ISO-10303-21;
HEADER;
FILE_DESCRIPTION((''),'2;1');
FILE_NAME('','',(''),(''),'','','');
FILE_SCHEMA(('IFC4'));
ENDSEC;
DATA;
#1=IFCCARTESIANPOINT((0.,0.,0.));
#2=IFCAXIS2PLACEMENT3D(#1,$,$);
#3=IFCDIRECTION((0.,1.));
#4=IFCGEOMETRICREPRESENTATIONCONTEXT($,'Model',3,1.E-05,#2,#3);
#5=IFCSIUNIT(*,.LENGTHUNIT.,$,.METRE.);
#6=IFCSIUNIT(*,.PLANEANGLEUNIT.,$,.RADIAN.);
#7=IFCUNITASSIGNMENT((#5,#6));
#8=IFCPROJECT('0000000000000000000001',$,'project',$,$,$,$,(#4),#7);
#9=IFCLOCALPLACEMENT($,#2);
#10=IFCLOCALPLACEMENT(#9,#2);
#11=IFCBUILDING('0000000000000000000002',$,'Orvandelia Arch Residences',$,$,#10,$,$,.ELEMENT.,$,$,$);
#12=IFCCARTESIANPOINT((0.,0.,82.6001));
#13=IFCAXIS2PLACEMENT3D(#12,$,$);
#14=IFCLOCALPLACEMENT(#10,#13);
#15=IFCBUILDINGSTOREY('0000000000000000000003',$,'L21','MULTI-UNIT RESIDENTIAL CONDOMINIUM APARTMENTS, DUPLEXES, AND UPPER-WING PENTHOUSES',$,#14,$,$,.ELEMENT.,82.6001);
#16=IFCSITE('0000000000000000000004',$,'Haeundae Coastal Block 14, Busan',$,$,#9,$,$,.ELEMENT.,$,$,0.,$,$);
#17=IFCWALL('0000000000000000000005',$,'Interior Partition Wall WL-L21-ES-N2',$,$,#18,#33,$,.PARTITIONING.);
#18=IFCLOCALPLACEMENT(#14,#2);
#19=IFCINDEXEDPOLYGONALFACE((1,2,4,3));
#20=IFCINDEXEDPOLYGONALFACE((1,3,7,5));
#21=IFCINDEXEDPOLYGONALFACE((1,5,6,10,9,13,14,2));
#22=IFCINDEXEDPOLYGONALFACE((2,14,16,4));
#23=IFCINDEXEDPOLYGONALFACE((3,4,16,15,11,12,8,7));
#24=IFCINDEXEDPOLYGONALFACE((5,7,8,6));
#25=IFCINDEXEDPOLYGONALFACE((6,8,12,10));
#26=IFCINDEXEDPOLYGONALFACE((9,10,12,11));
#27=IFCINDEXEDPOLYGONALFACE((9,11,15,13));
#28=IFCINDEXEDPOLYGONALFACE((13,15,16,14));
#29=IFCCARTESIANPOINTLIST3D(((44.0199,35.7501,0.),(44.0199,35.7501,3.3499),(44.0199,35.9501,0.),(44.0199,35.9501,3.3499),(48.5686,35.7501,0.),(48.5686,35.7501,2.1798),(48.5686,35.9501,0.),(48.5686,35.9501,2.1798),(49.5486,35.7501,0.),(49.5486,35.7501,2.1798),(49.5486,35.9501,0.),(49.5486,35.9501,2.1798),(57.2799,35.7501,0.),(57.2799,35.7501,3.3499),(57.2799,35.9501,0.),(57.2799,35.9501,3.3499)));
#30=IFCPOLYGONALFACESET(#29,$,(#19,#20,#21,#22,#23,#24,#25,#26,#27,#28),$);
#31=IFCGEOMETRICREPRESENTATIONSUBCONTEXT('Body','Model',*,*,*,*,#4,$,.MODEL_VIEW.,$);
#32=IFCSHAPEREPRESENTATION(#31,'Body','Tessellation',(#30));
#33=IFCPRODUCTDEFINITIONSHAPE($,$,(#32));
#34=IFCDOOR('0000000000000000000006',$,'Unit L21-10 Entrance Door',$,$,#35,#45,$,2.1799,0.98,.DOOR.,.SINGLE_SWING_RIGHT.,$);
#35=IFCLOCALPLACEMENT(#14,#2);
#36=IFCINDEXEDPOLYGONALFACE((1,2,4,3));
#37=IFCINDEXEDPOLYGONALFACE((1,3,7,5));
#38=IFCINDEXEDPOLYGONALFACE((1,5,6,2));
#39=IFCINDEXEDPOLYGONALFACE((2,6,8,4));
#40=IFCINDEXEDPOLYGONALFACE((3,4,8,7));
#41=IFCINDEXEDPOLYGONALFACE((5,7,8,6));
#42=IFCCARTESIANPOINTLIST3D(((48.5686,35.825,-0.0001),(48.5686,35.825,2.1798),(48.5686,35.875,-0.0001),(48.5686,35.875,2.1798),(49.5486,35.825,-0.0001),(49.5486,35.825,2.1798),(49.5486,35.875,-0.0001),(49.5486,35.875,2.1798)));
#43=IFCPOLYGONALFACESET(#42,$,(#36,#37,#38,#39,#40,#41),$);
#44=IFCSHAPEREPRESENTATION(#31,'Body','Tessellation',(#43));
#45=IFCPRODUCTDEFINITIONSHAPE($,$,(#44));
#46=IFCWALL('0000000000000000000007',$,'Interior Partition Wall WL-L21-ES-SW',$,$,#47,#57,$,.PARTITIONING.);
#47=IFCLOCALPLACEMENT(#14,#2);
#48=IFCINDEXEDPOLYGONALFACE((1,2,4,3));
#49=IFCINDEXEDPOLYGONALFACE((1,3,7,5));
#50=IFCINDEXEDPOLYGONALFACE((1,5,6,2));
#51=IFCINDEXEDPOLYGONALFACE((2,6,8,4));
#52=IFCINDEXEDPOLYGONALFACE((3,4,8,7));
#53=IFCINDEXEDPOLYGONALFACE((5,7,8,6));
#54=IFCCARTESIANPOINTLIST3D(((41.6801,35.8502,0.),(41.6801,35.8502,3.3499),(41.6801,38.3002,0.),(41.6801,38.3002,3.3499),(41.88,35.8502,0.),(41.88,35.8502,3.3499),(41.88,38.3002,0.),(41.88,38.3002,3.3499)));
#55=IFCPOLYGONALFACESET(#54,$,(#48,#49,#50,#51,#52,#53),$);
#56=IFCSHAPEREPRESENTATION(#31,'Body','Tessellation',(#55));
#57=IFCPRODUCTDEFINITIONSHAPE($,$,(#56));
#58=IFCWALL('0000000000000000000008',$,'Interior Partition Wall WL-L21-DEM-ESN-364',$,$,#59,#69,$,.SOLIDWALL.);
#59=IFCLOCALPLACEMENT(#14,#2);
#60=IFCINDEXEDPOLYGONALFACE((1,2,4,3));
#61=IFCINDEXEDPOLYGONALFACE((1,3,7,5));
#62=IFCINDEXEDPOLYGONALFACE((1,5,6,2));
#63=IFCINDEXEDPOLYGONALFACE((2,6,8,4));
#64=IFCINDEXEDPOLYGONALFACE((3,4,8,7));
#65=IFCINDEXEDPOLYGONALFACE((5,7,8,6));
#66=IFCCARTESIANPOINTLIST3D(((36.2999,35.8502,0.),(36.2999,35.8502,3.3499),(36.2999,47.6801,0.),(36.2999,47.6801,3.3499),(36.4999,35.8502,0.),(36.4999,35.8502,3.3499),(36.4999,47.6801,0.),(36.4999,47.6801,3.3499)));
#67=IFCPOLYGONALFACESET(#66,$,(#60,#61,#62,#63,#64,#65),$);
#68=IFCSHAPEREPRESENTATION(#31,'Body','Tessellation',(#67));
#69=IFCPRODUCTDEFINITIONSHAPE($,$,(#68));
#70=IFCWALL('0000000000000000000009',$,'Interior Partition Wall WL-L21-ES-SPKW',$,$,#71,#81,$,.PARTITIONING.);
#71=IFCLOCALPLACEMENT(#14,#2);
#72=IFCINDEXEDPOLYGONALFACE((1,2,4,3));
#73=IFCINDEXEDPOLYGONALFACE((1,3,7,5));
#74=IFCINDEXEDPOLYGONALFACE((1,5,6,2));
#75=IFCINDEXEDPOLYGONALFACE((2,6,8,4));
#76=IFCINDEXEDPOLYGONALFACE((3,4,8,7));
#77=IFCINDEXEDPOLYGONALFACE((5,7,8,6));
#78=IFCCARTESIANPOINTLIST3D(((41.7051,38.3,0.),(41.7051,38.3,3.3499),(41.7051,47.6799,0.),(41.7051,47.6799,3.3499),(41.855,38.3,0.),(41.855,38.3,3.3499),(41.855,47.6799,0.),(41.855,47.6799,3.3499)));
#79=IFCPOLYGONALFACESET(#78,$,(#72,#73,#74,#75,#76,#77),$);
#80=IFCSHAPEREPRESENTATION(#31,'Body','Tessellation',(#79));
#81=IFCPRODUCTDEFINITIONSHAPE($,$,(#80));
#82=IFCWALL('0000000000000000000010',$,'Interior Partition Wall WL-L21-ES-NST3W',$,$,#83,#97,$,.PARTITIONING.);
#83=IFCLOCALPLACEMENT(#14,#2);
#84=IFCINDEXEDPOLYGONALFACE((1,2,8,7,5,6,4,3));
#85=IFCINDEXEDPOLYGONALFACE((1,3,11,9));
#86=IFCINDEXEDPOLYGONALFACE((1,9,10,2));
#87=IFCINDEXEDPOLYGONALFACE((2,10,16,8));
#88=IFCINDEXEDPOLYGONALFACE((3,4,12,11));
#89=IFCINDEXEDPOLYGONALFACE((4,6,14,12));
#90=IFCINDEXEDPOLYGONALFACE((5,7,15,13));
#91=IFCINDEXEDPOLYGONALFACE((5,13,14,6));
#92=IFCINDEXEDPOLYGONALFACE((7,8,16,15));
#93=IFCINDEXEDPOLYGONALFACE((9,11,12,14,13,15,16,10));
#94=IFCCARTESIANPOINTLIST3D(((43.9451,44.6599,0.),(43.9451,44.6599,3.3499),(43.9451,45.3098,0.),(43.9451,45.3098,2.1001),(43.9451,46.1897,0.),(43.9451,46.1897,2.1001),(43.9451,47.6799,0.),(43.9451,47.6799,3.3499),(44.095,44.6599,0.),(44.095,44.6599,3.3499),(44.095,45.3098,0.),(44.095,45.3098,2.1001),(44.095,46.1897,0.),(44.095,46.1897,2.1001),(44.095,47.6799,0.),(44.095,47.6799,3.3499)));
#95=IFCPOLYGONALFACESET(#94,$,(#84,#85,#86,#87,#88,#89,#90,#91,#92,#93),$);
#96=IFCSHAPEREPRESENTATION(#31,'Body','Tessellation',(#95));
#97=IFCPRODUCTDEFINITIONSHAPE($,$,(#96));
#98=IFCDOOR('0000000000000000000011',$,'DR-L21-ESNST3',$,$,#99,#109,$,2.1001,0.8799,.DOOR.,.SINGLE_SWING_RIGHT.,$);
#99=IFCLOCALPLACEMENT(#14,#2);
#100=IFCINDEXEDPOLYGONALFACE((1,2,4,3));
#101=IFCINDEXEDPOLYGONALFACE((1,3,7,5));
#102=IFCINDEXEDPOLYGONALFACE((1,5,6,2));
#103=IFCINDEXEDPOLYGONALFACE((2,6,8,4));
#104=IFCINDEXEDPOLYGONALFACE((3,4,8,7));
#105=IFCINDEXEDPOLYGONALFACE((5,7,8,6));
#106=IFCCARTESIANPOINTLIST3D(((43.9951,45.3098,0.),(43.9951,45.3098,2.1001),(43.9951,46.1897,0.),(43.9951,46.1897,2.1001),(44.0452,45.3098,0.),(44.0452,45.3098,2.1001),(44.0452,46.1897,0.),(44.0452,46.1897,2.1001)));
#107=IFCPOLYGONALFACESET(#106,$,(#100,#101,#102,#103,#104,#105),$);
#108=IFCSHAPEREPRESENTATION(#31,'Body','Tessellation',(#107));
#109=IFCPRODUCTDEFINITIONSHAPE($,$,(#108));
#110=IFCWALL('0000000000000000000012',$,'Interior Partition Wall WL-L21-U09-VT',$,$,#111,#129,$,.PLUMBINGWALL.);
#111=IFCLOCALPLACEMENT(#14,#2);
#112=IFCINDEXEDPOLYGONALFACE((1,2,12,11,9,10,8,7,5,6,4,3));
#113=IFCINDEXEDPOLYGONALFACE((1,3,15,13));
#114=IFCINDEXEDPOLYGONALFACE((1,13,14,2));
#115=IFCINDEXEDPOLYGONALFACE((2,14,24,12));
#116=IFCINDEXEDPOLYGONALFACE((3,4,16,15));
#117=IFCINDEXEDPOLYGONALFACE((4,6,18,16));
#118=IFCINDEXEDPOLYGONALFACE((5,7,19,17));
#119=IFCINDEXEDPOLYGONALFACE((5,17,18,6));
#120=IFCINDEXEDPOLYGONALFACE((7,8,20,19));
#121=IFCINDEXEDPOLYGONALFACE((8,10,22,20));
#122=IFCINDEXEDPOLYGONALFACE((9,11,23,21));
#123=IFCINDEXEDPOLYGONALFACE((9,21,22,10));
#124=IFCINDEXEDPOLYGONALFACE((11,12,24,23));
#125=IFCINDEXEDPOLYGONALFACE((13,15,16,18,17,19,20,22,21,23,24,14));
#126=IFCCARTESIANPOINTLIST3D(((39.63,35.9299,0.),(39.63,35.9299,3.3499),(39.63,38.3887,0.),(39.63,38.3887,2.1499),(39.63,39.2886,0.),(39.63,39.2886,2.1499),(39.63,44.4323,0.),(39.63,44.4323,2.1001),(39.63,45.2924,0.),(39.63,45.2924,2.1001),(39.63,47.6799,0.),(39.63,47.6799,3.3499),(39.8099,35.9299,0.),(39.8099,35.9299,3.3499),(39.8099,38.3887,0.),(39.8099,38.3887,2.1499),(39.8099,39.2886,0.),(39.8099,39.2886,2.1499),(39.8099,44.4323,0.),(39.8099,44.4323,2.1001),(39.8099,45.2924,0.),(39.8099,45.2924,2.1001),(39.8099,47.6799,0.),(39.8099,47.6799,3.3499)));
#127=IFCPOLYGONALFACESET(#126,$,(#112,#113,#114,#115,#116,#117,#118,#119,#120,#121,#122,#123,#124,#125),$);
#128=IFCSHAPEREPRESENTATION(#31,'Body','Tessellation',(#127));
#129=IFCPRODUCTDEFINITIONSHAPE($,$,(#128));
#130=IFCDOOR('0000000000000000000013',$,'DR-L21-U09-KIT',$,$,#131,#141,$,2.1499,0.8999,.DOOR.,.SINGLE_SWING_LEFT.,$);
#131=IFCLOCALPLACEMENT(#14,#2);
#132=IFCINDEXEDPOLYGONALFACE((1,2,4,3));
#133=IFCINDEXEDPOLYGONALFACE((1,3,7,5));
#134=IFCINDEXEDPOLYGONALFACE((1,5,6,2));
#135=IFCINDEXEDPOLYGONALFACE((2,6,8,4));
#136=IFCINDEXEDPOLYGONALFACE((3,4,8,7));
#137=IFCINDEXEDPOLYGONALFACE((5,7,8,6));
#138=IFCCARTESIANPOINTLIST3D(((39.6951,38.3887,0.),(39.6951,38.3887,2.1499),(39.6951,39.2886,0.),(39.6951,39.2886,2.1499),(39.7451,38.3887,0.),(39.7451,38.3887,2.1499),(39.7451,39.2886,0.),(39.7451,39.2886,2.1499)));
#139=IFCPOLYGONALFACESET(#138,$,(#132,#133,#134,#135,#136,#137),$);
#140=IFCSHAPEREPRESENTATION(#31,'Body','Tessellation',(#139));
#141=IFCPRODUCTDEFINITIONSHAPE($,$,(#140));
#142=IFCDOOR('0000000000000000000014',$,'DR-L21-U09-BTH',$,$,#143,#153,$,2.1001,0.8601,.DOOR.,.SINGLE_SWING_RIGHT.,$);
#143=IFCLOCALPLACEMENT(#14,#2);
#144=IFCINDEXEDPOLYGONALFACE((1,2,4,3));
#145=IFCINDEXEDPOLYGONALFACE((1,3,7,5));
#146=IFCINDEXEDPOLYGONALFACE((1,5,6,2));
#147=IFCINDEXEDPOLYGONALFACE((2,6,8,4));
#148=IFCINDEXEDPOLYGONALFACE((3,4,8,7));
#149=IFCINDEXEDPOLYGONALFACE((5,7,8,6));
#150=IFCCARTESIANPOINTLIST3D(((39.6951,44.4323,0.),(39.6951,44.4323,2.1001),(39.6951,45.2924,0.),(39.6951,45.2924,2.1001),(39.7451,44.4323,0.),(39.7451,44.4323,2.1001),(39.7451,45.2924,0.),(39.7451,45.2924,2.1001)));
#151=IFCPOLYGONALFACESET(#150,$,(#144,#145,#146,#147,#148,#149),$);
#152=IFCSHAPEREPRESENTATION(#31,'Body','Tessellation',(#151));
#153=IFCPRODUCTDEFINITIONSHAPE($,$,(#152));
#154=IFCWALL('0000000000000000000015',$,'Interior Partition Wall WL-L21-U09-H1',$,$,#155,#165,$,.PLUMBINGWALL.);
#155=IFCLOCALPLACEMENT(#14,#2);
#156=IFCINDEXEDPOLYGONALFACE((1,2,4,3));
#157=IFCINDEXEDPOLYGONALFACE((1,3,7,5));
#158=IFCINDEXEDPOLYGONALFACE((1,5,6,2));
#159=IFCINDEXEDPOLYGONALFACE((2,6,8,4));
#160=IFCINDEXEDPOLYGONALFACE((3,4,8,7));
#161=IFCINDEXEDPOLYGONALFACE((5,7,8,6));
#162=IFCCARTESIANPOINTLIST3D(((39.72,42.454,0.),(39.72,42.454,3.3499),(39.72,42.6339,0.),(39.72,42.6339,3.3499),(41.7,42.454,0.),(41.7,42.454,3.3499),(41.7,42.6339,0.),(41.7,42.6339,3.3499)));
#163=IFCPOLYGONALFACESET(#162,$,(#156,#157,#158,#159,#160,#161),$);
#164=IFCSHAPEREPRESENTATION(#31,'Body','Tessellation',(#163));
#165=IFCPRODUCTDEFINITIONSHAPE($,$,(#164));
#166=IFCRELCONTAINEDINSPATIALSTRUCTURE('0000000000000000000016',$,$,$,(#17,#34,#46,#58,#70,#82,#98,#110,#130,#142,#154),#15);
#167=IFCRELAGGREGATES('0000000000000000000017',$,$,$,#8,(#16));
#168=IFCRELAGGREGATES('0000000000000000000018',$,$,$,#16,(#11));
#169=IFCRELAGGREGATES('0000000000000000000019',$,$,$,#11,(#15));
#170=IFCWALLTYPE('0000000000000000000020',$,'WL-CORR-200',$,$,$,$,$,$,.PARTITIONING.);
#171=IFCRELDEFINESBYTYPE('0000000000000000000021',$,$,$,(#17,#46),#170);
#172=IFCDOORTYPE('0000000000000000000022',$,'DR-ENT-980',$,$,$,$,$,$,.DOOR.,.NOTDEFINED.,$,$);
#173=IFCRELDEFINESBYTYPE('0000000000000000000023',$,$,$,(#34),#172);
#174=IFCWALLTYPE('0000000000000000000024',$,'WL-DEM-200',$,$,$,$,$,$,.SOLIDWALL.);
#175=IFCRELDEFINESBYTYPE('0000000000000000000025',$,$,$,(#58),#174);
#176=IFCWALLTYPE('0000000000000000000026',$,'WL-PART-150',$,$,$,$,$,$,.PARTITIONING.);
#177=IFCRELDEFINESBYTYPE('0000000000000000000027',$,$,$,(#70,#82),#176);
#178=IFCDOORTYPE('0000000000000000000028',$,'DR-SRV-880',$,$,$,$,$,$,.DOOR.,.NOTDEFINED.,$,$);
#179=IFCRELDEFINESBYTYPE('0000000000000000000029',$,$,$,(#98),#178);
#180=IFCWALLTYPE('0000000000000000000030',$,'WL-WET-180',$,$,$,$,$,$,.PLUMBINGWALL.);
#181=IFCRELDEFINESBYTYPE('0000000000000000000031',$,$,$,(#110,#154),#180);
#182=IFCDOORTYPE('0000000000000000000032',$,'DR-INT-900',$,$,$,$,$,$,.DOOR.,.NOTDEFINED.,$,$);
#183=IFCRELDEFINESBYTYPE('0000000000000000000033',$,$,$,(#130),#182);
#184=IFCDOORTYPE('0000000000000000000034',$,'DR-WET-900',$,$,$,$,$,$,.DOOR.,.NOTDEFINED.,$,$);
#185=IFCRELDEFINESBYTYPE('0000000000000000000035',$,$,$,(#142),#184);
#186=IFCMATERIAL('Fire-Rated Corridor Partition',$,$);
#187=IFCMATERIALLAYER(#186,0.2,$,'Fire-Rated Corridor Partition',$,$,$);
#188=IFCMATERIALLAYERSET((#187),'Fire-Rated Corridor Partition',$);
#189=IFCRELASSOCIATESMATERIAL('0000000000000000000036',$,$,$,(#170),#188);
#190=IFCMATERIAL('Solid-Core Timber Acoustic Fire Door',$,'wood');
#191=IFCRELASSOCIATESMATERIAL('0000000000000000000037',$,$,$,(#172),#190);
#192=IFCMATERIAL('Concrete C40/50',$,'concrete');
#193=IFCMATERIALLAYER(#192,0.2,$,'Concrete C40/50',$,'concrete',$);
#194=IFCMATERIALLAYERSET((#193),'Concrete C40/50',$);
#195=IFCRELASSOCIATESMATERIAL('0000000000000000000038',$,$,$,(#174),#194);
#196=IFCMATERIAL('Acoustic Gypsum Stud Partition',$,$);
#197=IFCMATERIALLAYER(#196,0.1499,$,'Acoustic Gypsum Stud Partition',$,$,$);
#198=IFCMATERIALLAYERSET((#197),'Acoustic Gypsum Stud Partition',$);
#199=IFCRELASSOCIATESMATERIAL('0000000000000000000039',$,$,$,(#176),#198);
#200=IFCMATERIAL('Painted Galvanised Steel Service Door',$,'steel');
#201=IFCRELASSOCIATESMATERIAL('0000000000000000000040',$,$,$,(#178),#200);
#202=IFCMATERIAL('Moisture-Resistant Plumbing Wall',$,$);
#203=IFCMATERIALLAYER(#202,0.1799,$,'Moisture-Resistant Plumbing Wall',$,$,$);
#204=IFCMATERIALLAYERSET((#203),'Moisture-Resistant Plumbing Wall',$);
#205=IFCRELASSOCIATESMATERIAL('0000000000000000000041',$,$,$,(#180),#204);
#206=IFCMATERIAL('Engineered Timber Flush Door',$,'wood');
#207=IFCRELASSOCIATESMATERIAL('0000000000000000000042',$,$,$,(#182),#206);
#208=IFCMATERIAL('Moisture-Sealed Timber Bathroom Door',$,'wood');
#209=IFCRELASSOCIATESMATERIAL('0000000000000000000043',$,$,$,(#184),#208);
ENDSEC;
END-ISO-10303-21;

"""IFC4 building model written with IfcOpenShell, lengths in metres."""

from ifc_helpers import new_model, si_unit, direction, frame, frame_2d, origin, place, context, subcontext, project, spatial, rectangle, extrude, material, layer, layer_set, type_object, element, fill, save


model = new_model("IFC4")

# Units and contexts
model_context = context("Model", 3, precision=1e-05, world=origin(), true_north=direction((0.0, 1.0)))
body_context = subcontext(model_context, "Body", "Model", "MODEL_VIEW")
ifc_project = project(units=[si_unit("LENGTHUNIT", "METRE"), si_unit("PLANEANGLEUNIT", "RADIAN")], contexts=[model_context])

# Site, building, storey
site_placement = place(None, origin())
site = spatial("IfcSite", under=ifc_project, at=site_placement, Name="Haeundae Coastal Block 14, Busan", CompositionType="ELEMENT", RefElevation=0.0)
building_placement = place(site_placement, origin())
building = spatial("IfcBuilding", under=site, at=building_placement, Name="Orvandelia Arch Residences", CompositionType="ELEMENT")
storey_placement = place(building_placement, frame((0.0, 0.0, 82.6001)))
storey = spatial("IfcBuildingStorey", under=building, at=storey_placement, Name="L21", Description="MULTI-UNIT RESIDENTIAL CONDOMINIUM APARTMENTS, DUPLEXES, AND UPPER-WING PENTHOUSES", CompositionType="ELEMENT", Elevation=82.6001)

# Wall, opening, door
ifc_material_1 = material(Name="Fire-Rated Corridor Partition")
ifc_layer_1 = layer(ifc_material_1, 0.2, Name="Fire-Rated Corridor Partition")
ifc_layer_set_1 = layer_set([ifc_layer_1], Name="Fire-Rated Corridor Partition")
wall_type_1 = type_object("IfcWallType", Name="WL-CORR-200", PredefinedType="PARTITIONING", material=ifc_layer_set_1)
wall_1_placement = place(storey_placement, frame((44.02, 35.8501, 0.0), z_axis=(0.0, 0.0, 1.0), x_axis=(1.0, 0.0, 0.0)))
wall_1 = element("IfcWall", 1, at=wall_1_placement, inside=storey, type_object=wall_type_1, Name="Interior Partition Wall WL-L21-ES-N2", PredefinedType="PARTITIONING", context=body_context, shape_type="SweptSolid", body=[
    extrude(rectangle(XDim=13.26, YDim=0.2, at=frame_2d((6.6299, 0.0))), origin(), (0.0, 0.0, 1.0), 3.3499),
])
opening_1_placement = place(wall_1_placement, frame((4.5486, 0.0, 0.0)))
opening_1 = element("IfcOpeningElement", 2, at=opening_1_placement, cuts=wall_1, PredefinedType="OPENING", context=body_context, shape_type="SweptSolid", body=[
    extrude(rectangle(XDim=0.98, YDim=2.1799, at=frame_2d((0.49, 1.0898))), frame((0.0, 0.1099, 0.0), z_axis=(0.0, -1.0, 0.0), x_axis=(1.0, 0.0, 0.0)), (0.0, 0.0, 1.0), 0.22),
])
ifc_material_2 = material(Name="Solid-Core Timber Acoustic Fire Door", Category="wood")
door_type_1 = type_object("IfcDoorType", Name="DR-ENT-980", OperationType="NOTDEFINED", PredefinedType="DOOR", material=ifc_material_2)
door_1_placement = place(opening_1_placement, origin())
door_1 = element("IfcDoor", 3, at=door_1_placement, inside=storey, type_object=door_type_1, Name="Unit L21-10 Entrance Door", OperationType="SINGLE_SWING_RIGHT", OverallHeight=2.1799, OverallWidth=0.98, PredefinedType="DOOR", context=body_context, shape_type="SweptSolid", body=[
    extrude(rectangle(XDim=0.98, YDim=2.1799, at=frame_2d((0.49, 1.0898))), frame((0.0, 0.0249, 0.0), z_axis=(0.0, -1.0, 0.0), x_axis=(1.0, 0.0, 0.0)), (0.0, 0.0, 1.0), 0.05),
])
fill(opening_1, door_1)

# Wall
wall_2_placement = place(storey_placement, frame((41.78, 35.8501, 0.0), z_axis=(0.0, 0.0, 1.0), x_axis=(0.0, 1.0, 0.0)))
element("IfcWall", 4, at=wall_2_placement, inside=storey, type_object=wall_type_1, Name="Interior Partition Wall WL-L21-ES-SW", PredefinedType="PARTITIONING", context=body_context, shape_type="SweptSolid", body=[
    extrude(rectangle(XDim=2.45, YDim=0.2, at=frame_2d((1.2251, 0.0))), origin(), (0.0, 0.0, 1.0), 3.3499),
])

# Walls
ifc_material_3 = material(Name="Concrete C40/50", Category="concrete")
ifc_layer_2 = layer(ifc_material_3, 0.2, Name="Concrete C40/50", Category="concrete")
ifc_layer_set_2 = layer_set([ifc_layer_2], Name="Concrete C40/50")
wall_type_2 = type_object("IfcWallType", Name="WL-DEM-200", PredefinedType="SOLIDWALL", material=ifc_layer_set_2)
wall_3_placement = place(storey_placement, frame((36.3999, 35.8501, 0.0), z_axis=(0.0, 0.0, 1.0), x_axis=(0.0, 1.0, 0.0)))
element("IfcWall", 5, at=wall_3_placement, inside=storey, type_object=wall_type_2, Name="Interior Partition Wall WL-L21-DEM-ESN-364", PredefinedType="SOLIDWALL", context=body_context, shape_type="SweptSolid", body=[
    extrude(rectangle(XDim=11.8298, YDim=0.2, at=frame_2d((5.915, 0.0))), origin(), (0.0, 0.0, 1.0), 3.3499),
])
ifc_material_4 = material(Name="Acoustic Gypsum Stud Partition")
ifc_layer_3 = layer(ifc_material_4, 0.1499, Name="Acoustic Gypsum Stud Partition")
ifc_layer_set_3 = layer_set([ifc_layer_3], Name="Acoustic Gypsum Stud Partition")
wall_type_3 = type_object("IfcWallType", Name="WL-PART-150", PredefinedType="PARTITIONING", material=ifc_layer_set_3)
wall_4_placement = place(storey_placement, frame((41.78, 38.3, 0.0), z_axis=(0.0, 0.0, 1.0), x_axis=(0.0, 1.0, 0.0)))
element("IfcWall", 6, at=wall_4_placement, inside=storey, type_object=wall_type_3, Name="Interior Partition Wall WL-L21-ES-SPKW", PredefinedType="PARTITIONING", context=body_context, shape_type="SweptSolid", body=[
    extrude(rectangle(XDim=9.3799, YDim=0.1499, at=frame_2d((4.6899, 0.0))), origin(), (0.0, 0.0, 1.0), 3.3499),
])

# Wall, opening, door
wall_5_placement = place(storey_placement, frame((44.02, 44.6599, 0.0), z_axis=(0.0, 0.0, 1.0), x_axis=(0.0, 1.0, 0.0)))
wall_5 = element("IfcWall", 7, at=wall_5_placement, inside=storey, type_object=wall_type_3, Name="Interior Partition Wall WL-L21-ES-NST3W", PredefinedType="PARTITIONING", context=body_context, shape_type="SweptSolid", body=[
    extrude(rectangle(XDim=3.02, YDim=0.1499, at=frame_2d((1.51, 0.0))), origin(), (0.0, 0.0, 1.0), 3.3499),
])
opening_2_placement = place(wall_5_placement, frame((0.6499, 0.0, 0.0)))
opening_2 = element("IfcOpeningElement", 8, at=opening_2_placement, cuts=wall_5, PredefinedType="OPENING", context=body_context, shape_type="SweptSolid", body=[
    extrude(rectangle(XDim=0.8799, YDim=2.1001, at=frame_2d((0.4399, 1.05))), frame((0.0, 0.085, 0.0), z_axis=(0.0, -1.0, 0.0), x_axis=(1.0, 0.0, 0.0)), (0.0, 0.0, 1.0), 0.1699),
])
ifc_material_5 = material(Name="Painted Galvanised Steel Service Door", Category="steel")
door_type_2 = type_object("IfcDoorType", Name="DR-SRV-880", OperationType="NOTDEFINED", PredefinedType="DOOR", material=ifc_material_5)
door_2_placement = place(opening_2_placement, origin())
door_2 = element("IfcDoor", 9, at=door_2_placement, inside=storey, type_object=door_type_2, Name="DR-L21-ESNST3", OperationType="SINGLE_SWING_RIGHT", OverallHeight=2.1001, OverallWidth=0.8799, PredefinedType="DOOR", context=body_context, shape_type="SweptSolid", body=[
    extrude(rectangle(XDim=0.8799, YDim=2.1001, at=frame_2d((0.4399, 1.05))), frame((0.0, 0.0249, 0.0), z_axis=(0.0, -1.0, 0.0), x_axis=(1.0, 0.0, 0.0)), (0.0, 0.0, 1.0), 0.05),
])
fill(opening_2, door_2)

# Wall, openings, doors
ifc_material_6 = material(Name="Moisture-Resistant Plumbing Wall")
ifc_layer_4 = layer(ifc_material_6, 0.1799, Name="Moisture-Resistant Plumbing Wall")
ifc_layer_set_4 = layer_set([ifc_layer_4], Name="Moisture-Resistant Plumbing Wall")
wall_type_4 = type_object("IfcWallType", Name="WL-WET-180", PredefinedType="PLUMBINGWALL", material=ifc_layer_set_4)
wall_6_placement = place(storey_placement, frame((39.72, 35.9299, 0.0), z_axis=(0.0, 0.0, 1.0), x_axis=(0.0, 1.0, 0.0)))
wall_6 = element("IfcWall", 10, at=wall_6_placement, inside=storey, type_object=wall_type_4, Name="Interior Partition Wall WL-L21-U09-VT", PredefinedType="PLUMBINGWALL", context=body_context, shape_type="SweptSolid", body=[
    extrude(rectangle(XDim=11.75, YDim=0.1799, at=frame_2d((5.875, 0.0))), origin(), (0.0, 0.0, 1.0), 3.3499),
])
opening_3_placement = place(wall_6_placement, frame((2.4587, 0.0, 0.0)))
opening_3 = element("IfcOpeningElement", 11, at=opening_3_placement, cuts=wall_6, PredefinedType="OPENING", context=body_context, shape_type="SweptSolid", body=[
    extrude(rectangle(XDim=0.8999, YDim=2.1499, at=frame_2d((0.45, 1.075))), frame((0.0, 0.1001, 0.0), z_axis=(0.0, -1.0, 0.0), x_axis=(1.0, 0.0, 0.0)), (0.0, 0.0, 1.0), 0.2),
])
opening_4_placement = place(wall_6_placement, frame((8.5022, 0.0, 0.0)))
opening_4 = element("IfcOpeningElement", 12, at=opening_4_placement, cuts=wall_6, PredefinedType="OPENING", context=body_context, shape_type="SweptSolid", body=[
    extrude(rectangle(XDim=0.8601, YDim=2.1001, at=frame_2d((0.4302, 1.05))), frame((0.0, 0.1001, 0.0), z_axis=(0.0, -1.0, 0.0), x_axis=(1.0, 0.0, 0.0)), (0.0, 0.0, 1.0), 0.2),
])
ifc_material_7 = material(Name="Engineered Timber Flush Door", Category="wood")
door_type_3 = type_object("IfcDoorType", Name="DR-INT-900", OperationType="NOTDEFINED", PredefinedType="DOOR", material=ifc_material_7)
door_3_placement = place(opening_3_placement, origin())
door_3 = element("IfcDoor", 13, at=door_3_placement, inside=storey, type_object=door_type_3, Name="DR-L21-U09-KIT", OperationType="SINGLE_SWING_LEFT", OverallHeight=2.1499, OverallWidth=0.8999, PredefinedType="DOOR", context=body_context, shape_type="SweptSolid", body=[
    extrude(rectangle(XDim=0.8999, YDim=2.1499, at=frame_2d((0.45, 1.075))), frame((0.0, 0.0249, 0.0), z_axis=(0.0, -1.0, 0.0), x_axis=(1.0, 0.0, 0.0)), (0.0, 0.0, 1.0), 0.05),
])
fill(opening_3, door_3)
ifc_material_8 = material(Name="Moisture-Sealed Timber Bathroom Door", Category="wood")
door_type_4 = type_object("IfcDoorType", Name="DR-WET-900", OperationType="NOTDEFINED", PredefinedType="DOOR", material=ifc_material_8)
door_4_placement = place(opening_4_placement, origin())
door_4 = element("IfcDoor", 14, at=door_4_placement, inside=storey, type_object=door_type_4, Name="DR-L21-U09-BTH", OperationType="SINGLE_SWING_RIGHT", OverallHeight=2.1001, OverallWidth=0.8601, PredefinedType="DOOR", context=body_context, shape_type="SweptSolid", body=[
    extrude(rectangle(XDim=0.8601, YDim=2.1001, at=frame_2d((0.4302, 1.05))), frame((0.0, 0.0249, 0.0), z_axis=(0.0, -1.0, 0.0), x_axis=(1.0, 0.0, 0.0)), (0.0, 0.0, 1.0), 0.05),
])
fill(opening_4, door_4)

# Wall
wall_7_placement = place(storey_placement, frame((39.72, 42.5439, 0.0), z_axis=(0.0, 0.0, 1.0), x_axis=(1.0, 0.0, 0.0)))
element("IfcWall", 15, at=wall_7_placement, inside=storey, type_object=wall_type_4, Name="Interior Partition Wall WL-L21-U09-H1", PredefinedType="PLUMBINGWALL", context=body_context, shape_type="SweptSolid", body=[
    extrude(rectangle(XDim=1.98, YDim=0.1799, at=frame_2d((0.99, 0.0))), origin(), (0.0, 0.0, 1.0), 3.3499),
])

save(model, "model.ifc")
